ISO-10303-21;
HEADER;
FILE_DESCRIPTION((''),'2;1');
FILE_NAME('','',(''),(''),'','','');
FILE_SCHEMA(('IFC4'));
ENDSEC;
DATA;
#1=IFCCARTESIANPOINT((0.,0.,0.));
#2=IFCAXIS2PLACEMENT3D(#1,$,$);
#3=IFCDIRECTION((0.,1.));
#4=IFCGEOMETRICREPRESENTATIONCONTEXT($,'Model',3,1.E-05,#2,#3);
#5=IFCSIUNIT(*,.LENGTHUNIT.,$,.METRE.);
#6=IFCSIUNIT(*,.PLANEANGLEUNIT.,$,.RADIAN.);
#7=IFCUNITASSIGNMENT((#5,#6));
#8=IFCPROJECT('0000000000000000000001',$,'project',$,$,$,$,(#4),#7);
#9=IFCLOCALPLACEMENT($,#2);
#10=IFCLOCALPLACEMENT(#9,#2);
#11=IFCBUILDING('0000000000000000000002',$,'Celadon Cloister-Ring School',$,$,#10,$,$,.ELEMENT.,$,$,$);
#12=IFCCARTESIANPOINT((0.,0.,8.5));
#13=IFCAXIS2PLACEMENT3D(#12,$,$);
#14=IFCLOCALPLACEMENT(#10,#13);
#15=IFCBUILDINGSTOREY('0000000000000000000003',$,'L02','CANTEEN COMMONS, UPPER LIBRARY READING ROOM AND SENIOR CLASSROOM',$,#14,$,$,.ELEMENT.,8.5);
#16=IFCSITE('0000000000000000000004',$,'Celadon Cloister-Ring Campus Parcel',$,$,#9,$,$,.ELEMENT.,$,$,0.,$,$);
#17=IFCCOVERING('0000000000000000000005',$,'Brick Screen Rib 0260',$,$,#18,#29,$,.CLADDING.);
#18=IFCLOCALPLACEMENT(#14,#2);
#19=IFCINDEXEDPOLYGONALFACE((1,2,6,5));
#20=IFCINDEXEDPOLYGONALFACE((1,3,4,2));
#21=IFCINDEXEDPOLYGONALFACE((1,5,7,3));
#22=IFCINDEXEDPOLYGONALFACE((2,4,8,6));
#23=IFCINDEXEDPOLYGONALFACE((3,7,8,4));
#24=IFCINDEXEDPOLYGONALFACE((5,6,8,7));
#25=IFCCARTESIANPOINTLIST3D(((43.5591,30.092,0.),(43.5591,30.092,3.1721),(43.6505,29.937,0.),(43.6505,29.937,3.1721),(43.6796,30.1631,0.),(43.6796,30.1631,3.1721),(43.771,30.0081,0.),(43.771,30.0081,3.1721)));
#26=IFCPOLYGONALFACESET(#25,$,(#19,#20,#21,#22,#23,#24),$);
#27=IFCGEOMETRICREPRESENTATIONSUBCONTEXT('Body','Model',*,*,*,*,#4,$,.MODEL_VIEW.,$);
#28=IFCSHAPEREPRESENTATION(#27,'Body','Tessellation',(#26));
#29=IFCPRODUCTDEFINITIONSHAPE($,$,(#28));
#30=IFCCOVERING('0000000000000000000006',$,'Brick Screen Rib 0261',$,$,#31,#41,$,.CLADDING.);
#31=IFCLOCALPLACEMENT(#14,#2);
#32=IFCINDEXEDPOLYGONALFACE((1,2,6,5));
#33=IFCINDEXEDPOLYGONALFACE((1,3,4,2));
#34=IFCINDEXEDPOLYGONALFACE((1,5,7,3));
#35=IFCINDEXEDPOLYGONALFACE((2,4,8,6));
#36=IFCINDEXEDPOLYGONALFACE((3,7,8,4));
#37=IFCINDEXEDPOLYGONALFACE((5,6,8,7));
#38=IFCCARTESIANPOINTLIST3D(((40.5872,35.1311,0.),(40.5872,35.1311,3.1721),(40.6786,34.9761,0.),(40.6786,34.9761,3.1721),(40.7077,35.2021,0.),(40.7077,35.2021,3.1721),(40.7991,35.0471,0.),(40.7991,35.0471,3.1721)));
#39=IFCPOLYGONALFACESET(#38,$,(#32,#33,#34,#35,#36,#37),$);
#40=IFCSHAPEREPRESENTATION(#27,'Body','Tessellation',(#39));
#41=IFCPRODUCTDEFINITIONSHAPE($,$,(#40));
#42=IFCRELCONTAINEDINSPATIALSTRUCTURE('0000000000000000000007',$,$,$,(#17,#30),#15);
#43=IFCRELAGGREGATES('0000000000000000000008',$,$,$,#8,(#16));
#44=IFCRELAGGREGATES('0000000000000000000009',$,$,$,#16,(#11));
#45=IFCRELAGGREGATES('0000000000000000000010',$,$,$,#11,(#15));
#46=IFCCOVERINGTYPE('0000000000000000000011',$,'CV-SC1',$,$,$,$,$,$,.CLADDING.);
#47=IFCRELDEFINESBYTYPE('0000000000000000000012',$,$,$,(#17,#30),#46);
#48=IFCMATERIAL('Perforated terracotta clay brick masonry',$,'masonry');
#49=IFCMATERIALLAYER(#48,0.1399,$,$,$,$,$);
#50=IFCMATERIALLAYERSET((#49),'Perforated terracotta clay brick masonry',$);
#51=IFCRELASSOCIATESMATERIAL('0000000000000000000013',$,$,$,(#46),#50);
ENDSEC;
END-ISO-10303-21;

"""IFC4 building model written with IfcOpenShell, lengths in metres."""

from ifc_helpers import new_model, si_unit, direction, frame, origin, origin_2d, place, context, subcontext, project, spatial, rectangle, extrude, material, layer, layer_set, type_object, element, save


model = new_model("IFC4")

# Units and contexts
model_context = context("Model", 3, precision=1e-05, world=origin(), true_north=direction((0.0, 1.0)))
body_context = subcontext(model_context, "Body", "Model", "MODEL_VIEW")
ifc_project = project(units=[si_unit("LENGTHUNIT", "METRE"), si_unit("PLANEANGLEUNIT", "RADIAN")], contexts=[model_context])

# Site, building, storey
site_placement = place(None, origin())
site = spatial("IfcSite", under=ifc_project, at=site_placement, Name="Celadon Cloister-Ring Campus Parcel", CompositionType="ELEMENT", RefElevation=0.0)
building_placement = place(site_placement, origin())
building = spatial("IfcBuilding", under=site, at=building_placement, Name="Celadon Cloister-Ring School", CompositionType="ELEMENT")
storey_placement = place(building_placement, frame((0.0, 0.0, 8.5)))
storey = spatial("IfcBuildingStorey", under=building, at=storey_placement, Name="L02", Description="CANTEEN COMMONS, UPPER LIBRARY READING ROOM AND SENIOR CLASSROOM", CompositionType="ELEMENT", Elevation=8.5)

# Coverings
ifc_material_1 = material(Name="Perforated terracotta clay brick masonry", Category="masonry")
ifc_layer_1 = layer(ifc_material_1, 0.1399)
ifc_layer_set_1 = layer_set([ifc_layer_1], Name="Perforated terracotta clay brick masonry")
covering_type = type_object("IfcCoveringType", Name="CV-SC1", PredefinedType="CLADDING", material=ifc_layer_set_1)
for number, where, z_axis, x_axis, name in (
    (1, (43.665, 30.05, 0.0), (0.0, 0.0, 1.0), (-0.507944, 0.86139, 0.0), "Brick Screen Rib 0260"),
    (2, (40.6931, 35.0891, 0.0), (0.0, 0.0, 1.0), (-0.507944, 0.86139, 0.0), "Brick Screen Rib 0261"),
):
    element("IfcCovering", number, at=place(storey_placement, frame(where, z_axis=z_axis, x_axis=x_axis)), inside=storey, type_object=covering_type, Name=name, PredefinedType="CLADDING", context=body_context, shape_type="SweptSolid", body=[
        extrude(rectangle(XDim=0.1799, YDim=0.1399, at=origin_2d()), origin(), (0.0, 0.0, 1.0), 3.1721),
    ])

save(model, "model.ifc")
